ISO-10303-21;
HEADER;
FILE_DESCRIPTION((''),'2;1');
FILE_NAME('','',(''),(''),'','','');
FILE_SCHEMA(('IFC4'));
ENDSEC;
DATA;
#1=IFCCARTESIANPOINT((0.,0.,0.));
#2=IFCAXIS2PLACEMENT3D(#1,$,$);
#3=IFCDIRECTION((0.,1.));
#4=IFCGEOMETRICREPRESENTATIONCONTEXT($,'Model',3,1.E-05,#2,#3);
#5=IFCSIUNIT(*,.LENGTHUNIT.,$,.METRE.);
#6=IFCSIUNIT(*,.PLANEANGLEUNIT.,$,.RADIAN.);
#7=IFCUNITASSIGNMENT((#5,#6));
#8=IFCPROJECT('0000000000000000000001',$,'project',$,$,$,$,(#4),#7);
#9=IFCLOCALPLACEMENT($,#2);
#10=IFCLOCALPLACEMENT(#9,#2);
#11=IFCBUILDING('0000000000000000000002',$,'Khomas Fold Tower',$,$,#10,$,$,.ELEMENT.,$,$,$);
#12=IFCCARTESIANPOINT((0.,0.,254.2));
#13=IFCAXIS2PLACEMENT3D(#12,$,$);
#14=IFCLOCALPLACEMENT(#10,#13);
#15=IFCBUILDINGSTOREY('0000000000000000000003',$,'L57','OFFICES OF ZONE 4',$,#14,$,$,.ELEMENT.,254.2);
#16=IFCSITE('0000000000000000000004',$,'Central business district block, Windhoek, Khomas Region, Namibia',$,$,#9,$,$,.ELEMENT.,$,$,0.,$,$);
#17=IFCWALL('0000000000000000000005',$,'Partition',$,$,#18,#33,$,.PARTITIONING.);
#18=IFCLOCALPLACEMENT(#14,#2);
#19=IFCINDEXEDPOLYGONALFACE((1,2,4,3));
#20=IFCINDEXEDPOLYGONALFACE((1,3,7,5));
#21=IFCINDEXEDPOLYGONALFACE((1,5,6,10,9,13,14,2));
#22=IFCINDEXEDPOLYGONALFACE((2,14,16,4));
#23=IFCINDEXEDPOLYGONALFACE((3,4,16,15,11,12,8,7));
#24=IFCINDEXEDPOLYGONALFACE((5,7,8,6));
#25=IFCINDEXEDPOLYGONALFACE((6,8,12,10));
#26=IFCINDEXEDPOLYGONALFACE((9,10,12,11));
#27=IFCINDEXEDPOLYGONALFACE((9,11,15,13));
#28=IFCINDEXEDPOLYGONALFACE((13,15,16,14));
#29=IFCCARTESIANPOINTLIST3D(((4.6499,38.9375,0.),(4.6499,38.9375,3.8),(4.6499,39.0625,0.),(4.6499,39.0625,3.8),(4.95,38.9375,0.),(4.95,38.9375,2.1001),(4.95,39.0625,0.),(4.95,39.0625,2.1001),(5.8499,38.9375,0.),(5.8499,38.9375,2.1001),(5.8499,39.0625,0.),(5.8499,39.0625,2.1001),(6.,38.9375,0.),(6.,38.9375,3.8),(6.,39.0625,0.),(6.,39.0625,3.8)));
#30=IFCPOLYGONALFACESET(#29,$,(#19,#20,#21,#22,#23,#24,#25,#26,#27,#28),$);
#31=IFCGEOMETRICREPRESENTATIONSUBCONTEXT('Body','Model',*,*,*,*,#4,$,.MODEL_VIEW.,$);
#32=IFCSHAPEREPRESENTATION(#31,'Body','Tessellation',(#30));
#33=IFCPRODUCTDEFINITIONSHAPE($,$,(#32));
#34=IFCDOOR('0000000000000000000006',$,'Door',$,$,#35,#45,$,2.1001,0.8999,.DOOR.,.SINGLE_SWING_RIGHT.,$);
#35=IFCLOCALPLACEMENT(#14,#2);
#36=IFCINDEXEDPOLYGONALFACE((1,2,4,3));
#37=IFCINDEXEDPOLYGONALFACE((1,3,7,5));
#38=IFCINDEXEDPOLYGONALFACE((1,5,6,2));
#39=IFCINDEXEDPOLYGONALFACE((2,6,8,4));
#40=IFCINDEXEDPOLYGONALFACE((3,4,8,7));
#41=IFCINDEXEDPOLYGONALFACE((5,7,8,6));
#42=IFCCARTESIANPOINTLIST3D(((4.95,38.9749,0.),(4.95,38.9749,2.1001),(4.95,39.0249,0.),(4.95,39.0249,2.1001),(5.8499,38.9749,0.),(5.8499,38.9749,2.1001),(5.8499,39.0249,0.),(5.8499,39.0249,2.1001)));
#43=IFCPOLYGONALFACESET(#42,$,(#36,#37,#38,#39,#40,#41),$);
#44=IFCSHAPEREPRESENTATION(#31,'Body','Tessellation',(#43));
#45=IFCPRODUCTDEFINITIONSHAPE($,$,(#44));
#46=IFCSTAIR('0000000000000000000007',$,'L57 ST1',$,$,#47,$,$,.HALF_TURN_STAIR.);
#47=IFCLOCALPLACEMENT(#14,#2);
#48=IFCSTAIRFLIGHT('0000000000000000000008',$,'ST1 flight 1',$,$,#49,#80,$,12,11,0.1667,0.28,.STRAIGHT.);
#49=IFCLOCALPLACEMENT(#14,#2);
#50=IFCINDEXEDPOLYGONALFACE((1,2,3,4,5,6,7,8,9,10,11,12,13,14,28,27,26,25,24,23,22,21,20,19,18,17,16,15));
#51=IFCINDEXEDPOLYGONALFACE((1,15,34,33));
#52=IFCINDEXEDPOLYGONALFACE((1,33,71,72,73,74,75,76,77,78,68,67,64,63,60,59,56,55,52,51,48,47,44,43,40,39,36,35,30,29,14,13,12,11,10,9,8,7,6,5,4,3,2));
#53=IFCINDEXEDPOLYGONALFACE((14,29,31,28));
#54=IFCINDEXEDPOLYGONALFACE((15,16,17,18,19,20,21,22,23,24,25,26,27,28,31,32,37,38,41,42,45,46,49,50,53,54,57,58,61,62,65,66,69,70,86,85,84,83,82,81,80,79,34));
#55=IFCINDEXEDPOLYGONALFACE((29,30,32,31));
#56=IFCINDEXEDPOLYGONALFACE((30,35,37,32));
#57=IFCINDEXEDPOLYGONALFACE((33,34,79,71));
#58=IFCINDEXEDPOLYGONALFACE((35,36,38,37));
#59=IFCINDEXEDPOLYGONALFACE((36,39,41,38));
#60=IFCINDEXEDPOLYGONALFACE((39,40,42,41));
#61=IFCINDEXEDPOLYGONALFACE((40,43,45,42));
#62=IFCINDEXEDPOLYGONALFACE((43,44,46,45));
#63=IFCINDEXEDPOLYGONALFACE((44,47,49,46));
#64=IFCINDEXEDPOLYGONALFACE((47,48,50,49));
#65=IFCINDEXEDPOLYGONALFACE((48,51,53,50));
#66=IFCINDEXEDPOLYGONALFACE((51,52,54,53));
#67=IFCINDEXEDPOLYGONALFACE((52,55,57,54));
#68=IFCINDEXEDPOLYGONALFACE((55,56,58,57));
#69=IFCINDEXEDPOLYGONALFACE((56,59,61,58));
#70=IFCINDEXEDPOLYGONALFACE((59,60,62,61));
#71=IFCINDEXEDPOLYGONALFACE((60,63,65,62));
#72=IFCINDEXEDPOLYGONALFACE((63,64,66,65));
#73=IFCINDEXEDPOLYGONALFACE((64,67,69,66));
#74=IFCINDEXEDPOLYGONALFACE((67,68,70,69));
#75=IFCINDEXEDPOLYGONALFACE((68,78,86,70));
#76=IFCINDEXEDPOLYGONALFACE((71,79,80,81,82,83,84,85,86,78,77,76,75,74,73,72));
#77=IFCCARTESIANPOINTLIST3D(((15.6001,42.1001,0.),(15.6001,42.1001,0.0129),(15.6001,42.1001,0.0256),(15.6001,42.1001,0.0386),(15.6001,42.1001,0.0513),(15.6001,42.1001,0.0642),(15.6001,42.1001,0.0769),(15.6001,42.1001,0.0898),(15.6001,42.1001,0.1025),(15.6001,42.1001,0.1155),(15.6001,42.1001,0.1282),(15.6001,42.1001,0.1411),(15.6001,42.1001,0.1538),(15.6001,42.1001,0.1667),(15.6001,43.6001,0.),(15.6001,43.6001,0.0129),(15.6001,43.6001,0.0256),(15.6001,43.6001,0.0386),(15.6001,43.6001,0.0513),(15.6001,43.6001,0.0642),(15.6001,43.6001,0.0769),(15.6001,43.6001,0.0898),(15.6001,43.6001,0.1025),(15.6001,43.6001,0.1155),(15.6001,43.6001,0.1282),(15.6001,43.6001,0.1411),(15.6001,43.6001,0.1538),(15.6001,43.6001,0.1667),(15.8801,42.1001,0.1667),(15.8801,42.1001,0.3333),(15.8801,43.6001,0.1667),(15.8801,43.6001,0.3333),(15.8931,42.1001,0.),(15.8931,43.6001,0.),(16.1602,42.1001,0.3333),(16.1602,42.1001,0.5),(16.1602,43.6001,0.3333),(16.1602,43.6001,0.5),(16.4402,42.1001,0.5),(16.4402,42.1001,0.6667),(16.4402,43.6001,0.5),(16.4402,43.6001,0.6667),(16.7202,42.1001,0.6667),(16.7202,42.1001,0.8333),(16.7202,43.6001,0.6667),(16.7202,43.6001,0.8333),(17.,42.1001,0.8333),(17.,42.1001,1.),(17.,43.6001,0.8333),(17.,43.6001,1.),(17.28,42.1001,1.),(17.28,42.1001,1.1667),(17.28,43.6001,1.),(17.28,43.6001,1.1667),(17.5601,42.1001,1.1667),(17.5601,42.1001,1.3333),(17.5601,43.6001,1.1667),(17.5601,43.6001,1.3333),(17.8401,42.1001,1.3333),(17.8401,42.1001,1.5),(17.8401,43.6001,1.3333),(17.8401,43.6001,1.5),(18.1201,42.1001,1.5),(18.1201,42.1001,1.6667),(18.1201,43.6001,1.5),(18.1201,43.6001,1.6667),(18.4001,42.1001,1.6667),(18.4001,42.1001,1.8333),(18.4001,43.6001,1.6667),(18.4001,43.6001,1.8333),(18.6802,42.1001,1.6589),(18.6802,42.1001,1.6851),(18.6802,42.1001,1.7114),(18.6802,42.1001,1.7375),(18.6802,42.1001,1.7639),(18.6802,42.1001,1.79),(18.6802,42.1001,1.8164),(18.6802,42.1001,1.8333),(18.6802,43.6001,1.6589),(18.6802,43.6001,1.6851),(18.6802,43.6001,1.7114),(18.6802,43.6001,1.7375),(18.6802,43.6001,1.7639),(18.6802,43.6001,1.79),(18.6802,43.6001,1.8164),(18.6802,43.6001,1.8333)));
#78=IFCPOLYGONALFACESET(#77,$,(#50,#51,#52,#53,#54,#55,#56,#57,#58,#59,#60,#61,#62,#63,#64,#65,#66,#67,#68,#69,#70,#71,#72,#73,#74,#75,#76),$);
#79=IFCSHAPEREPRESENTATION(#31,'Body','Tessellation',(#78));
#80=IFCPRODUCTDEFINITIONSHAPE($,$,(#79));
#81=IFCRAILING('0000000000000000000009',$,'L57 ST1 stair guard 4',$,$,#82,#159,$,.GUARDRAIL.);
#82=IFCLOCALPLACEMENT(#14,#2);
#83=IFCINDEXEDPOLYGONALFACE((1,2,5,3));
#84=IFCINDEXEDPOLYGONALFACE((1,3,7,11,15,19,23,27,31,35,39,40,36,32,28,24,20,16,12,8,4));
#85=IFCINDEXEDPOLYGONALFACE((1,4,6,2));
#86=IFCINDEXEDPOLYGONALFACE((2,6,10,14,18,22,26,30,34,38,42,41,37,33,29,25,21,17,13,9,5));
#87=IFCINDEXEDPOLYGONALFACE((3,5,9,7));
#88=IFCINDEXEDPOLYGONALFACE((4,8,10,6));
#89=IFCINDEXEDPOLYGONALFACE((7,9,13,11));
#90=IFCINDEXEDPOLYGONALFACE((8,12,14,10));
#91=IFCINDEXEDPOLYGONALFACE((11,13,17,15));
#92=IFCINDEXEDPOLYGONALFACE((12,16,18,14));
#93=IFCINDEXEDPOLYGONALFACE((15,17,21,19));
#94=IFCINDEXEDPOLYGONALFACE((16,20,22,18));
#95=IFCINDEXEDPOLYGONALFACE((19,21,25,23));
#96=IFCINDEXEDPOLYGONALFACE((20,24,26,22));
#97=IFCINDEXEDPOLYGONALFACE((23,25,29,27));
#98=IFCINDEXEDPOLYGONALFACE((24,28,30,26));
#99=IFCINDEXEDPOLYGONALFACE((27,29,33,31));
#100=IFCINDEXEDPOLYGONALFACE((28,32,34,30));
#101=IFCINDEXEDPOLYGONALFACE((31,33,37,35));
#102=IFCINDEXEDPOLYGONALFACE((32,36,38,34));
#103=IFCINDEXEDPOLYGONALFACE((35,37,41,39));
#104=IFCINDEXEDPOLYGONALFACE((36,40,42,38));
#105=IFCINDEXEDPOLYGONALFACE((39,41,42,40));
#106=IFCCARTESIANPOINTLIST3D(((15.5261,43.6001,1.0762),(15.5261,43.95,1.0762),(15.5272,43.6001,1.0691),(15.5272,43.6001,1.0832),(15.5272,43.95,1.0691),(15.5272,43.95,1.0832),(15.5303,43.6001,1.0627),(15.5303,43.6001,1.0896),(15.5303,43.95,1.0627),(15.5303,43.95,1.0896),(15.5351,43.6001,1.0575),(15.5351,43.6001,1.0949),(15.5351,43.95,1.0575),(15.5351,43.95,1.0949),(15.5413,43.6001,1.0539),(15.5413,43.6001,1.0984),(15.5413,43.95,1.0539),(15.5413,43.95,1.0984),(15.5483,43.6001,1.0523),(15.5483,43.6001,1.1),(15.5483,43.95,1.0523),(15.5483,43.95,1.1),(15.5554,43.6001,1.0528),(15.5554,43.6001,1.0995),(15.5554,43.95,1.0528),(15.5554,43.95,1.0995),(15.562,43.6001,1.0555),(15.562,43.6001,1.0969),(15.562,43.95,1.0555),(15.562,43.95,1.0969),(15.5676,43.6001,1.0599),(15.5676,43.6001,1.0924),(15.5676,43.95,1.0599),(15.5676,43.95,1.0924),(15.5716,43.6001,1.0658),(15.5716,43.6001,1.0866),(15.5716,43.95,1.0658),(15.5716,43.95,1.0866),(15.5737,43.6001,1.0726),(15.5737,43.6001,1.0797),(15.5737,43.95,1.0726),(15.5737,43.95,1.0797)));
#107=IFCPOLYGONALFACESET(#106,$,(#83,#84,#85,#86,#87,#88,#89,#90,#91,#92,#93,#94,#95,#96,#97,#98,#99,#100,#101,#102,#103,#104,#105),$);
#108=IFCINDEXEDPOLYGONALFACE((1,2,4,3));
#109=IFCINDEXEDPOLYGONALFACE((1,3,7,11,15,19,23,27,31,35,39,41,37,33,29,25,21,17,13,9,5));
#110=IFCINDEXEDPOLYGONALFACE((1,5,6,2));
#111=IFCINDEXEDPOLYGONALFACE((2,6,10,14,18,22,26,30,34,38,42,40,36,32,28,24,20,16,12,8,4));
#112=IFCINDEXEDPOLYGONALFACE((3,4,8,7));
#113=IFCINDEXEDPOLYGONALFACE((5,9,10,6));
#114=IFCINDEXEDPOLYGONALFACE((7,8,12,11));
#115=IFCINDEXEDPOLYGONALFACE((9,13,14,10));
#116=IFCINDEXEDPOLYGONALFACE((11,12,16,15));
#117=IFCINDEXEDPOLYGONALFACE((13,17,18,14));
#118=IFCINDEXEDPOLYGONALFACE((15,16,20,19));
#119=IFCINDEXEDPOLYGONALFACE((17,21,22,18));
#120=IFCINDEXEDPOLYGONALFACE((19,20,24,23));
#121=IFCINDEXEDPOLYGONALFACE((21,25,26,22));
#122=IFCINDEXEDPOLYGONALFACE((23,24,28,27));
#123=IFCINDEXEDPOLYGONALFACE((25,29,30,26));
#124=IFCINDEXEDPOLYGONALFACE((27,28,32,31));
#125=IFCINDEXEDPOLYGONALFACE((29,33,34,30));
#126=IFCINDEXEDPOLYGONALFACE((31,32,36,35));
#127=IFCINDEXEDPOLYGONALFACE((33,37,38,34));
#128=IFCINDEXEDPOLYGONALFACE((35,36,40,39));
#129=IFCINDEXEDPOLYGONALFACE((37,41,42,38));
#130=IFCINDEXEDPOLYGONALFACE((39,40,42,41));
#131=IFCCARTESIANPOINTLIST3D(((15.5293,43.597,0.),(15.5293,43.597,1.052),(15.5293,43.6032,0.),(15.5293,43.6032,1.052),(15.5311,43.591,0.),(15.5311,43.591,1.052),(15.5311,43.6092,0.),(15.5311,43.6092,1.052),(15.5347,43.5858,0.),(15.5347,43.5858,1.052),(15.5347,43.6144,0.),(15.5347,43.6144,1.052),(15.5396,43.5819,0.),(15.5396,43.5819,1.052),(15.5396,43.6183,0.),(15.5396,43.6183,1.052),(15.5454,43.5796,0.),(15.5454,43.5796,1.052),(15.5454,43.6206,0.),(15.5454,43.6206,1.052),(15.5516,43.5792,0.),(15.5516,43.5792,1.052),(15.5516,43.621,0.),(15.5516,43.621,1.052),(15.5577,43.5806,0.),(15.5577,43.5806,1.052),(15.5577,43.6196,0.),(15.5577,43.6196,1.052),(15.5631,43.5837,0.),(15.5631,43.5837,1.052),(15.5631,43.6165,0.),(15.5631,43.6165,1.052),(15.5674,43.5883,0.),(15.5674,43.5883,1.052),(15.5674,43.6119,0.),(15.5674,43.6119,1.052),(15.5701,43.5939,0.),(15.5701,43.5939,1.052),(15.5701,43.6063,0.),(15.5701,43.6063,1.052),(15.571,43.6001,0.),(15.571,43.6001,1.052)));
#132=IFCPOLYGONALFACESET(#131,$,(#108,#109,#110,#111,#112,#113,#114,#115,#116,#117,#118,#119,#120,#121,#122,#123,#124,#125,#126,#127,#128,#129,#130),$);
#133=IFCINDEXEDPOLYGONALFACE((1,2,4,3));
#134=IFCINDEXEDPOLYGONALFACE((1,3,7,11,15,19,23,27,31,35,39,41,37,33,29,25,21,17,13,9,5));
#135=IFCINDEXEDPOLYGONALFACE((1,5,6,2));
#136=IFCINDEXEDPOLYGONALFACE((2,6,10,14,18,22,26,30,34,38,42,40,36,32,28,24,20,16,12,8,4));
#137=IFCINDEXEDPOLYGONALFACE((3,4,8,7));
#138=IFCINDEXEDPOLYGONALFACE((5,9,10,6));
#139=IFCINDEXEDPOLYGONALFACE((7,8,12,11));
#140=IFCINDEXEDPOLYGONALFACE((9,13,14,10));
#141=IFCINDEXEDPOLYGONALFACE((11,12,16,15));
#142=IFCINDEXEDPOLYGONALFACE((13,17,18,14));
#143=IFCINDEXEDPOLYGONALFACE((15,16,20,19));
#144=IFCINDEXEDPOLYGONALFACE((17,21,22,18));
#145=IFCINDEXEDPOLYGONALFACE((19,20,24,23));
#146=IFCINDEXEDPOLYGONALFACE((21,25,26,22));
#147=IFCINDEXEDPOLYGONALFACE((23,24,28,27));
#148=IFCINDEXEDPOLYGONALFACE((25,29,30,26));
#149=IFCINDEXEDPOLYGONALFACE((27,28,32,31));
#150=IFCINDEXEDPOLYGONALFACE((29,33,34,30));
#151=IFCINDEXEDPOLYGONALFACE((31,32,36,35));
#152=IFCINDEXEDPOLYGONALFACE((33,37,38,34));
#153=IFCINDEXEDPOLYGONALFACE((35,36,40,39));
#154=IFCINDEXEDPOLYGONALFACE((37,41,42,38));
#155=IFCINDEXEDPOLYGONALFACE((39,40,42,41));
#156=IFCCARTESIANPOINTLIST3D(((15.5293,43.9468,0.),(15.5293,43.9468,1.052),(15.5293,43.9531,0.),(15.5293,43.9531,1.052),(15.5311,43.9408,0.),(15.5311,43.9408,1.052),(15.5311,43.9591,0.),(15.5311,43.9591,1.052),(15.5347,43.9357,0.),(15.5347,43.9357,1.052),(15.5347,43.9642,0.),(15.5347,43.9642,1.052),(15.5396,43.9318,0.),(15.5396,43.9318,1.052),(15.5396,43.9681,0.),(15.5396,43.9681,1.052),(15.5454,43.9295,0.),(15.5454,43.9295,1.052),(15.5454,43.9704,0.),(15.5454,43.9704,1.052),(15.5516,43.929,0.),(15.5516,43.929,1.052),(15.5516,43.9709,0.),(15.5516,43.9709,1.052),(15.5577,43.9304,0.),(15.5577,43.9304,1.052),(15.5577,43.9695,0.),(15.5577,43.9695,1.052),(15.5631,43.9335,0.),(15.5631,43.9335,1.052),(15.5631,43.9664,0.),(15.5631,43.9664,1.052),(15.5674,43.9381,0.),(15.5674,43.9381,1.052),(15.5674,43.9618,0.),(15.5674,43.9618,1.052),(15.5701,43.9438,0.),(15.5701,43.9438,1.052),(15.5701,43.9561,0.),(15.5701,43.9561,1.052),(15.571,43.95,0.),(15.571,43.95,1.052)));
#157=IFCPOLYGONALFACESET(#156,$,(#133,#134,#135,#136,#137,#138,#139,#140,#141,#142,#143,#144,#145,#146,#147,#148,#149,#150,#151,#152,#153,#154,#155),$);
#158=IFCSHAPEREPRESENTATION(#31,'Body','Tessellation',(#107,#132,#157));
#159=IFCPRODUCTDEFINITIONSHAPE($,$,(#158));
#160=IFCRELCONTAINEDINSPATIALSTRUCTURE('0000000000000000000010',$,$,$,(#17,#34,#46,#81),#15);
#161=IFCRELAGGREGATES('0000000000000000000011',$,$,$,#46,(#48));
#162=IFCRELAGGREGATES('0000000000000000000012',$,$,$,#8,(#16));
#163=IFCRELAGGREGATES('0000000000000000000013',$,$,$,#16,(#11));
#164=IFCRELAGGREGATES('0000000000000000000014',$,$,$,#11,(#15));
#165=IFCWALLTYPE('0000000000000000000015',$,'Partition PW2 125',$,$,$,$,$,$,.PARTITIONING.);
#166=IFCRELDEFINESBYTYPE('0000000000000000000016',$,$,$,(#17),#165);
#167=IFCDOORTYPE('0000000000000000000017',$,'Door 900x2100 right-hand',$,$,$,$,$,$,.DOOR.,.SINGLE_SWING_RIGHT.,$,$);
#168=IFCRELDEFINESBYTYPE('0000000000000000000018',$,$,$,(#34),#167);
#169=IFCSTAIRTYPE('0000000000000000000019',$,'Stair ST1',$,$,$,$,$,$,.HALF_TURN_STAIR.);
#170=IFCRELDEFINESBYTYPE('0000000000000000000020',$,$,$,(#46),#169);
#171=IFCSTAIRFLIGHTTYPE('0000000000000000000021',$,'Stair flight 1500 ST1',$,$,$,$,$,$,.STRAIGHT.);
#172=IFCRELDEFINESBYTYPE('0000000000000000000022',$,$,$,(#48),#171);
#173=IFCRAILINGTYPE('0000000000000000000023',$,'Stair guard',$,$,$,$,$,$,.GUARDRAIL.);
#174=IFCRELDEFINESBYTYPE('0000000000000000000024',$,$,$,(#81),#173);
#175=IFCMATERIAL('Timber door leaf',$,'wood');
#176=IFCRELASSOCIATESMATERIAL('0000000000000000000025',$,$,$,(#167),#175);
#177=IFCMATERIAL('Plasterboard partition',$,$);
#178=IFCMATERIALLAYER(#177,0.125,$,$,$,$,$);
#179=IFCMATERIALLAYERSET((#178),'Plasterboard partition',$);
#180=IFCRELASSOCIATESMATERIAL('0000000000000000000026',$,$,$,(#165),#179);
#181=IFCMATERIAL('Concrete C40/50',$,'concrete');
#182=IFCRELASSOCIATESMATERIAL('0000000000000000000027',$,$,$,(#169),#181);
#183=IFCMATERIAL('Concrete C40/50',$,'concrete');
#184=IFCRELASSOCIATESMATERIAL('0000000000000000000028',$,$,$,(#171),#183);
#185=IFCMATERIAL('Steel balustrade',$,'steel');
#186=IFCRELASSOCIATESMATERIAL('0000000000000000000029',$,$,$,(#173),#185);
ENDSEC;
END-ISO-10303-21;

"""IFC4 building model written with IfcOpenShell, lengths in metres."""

from ifc_helpers import new_model, si_unit, direction, frame, frame_2d, origin, origin_2d, place, context, subcontext, project, spatial, polyline, rectangle, circle, outline, extrude, source, transform, mapped, material, layer, layer_set, type_object, element, fill, aggregate, save


model = new_model("IFC4")

# Units and contexts
model_context = context("Model", 3, precision=1e-05, world=origin(), true_north=direction((0.0, 1.0)))
body_context = subcontext(model_context, "Body", "Model", "MODEL_VIEW")
ifc_project = project(units=[si_unit("LENGTHUNIT", "METRE"), si_unit("PLANEANGLEUNIT", "RADIAN")], contexts=[model_context])

# Site, building, storey
site_placement = place(None, origin())
site = spatial("IfcSite", under=ifc_project, at=site_placement, Name="Central business district block, Windhoek, Khomas Region, Namibia", CompositionType="ELEMENT", RefElevation=0.0)
building_placement = place(site_placement, origin())
building = spatial("IfcBuilding", under=site, at=building_placement, Name="Khomas Fold Tower", CompositionType="ELEMENT")
storey_placement = place(building_placement, frame((0.0, 0.0, 254.2)))
storey = spatial("IfcBuildingStorey", under=building, at=storey_placement, Name="L57", Description="OFFICES OF ZONE 4", CompositionType="ELEMENT", Elevation=254.2)

# Shared definitions
ifc_material_1 = material(Name="Timber door leaf", Category="wood")
door_type = type_object("IfcDoorType", Name="Door 900x2100 right-hand", OperationType="SINGLE_SWING_RIGHT", PredefinedType="DOOR", material=ifc_material_1)

# Wall, opening, door
ifc_material_2 = material(Name="Plasterboard partition")
ifc_layer_1 = layer(ifc_material_2, 0.125)
ifc_layer_set_1 = layer_set([ifc_layer_1], Name="Plasterboard partition")
wall_type_1 = type_object("IfcWallType", Name="Partition PW2 125", PredefinedType="PARTITIONING", material=ifc_layer_set_1)
shared_shape_1 = source(origin(), body_context, "Body", "SweptSolid", [
    extrude(rectangle(XDim=1.3501, YDim=0.125, at=frame_2d((0.675, 0.0))), origin(), (0.0, 0.0, 1.0), 3.8),
])
wall_1_placement = place(storey_placement, frame((4.6499, 39.0, 0.0), z_axis=(0.0, 0.0, 1.0), x_axis=(1.0, 0.0, 0.0)))
wall_1 = element("IfcWall", 1, at=wall_1_placement, inside=storey, type_object=wall_type_1, Name="Partition", PredefinedType="PARTITIONING", context=body_context, shape_type="MappedRepresentation", body=[
    mapped(shared_shape_1, transform((0.0, 0.0, 0.0))),
])
shared_shape_2 = source(origin(), body_context, "Body", "SweptSolid", [
    extrude(rectangle(XDim=0.8999, YDim=2.1001, at=frame_2d((0.45, 1.05))), frame((0.0, 0.0725, 0.0), z_axis=(0.0, -1.0, 0.0), x_axis=(1.0, 0.0, 0.0)), (0.0, 0.0, 1.0), 0.145),
])
opening_1_placement = place(wall_1_placement, frame((0.3, 0.0, 0.0)))
opening_1 = element("IfcOpeningElement", 2, at=opening_1_placement, cuts=wall_1, PredefinedType="OPENING", context=body_context, shape_type="MappedRepresentation", body=[
    mapped(shared_shape_2, transform((0.0, 0.0, 0.0))),
])
shared_shape_3 = source(origin(), body_context, "Body", "SweptSolid", [
    extrude(rectangle(XDim=0.8999, YDim=2.1001, at=frame_2d((0.45, 1.05))), frame((0.0, 0.0249, 0.0), z_axis=(0.0, -1.0, 0.0), x_axis=(1.0, 0.0, 0.0)), (0.0, 0.0, 1.0), 0.05),
])
door_1_placement = place(opening_1_placement, origin())
door_1 = element("IfcDoor", 3, at=door_1_placement, inside=storey, type_object=door_type, Name="Door", OperationType="SINGLE_SWING_RIGHT", OverallHeight=2.1001, OverallWidth=0.8999, PredefinedType="DOOR", context=body_context, shape_type="MappedRepresentation", body=[
    mapped(shared_shape_3, transform((0.0, 0.0, 0.0))),
])
fill(opening_1, door_1)

# Stair, stair flight
ifc_material_3 = material(Name="Concrete C40/50", Category="concrete")
stair_type = type_object("IfcStairType", Name="Stair ST1", PredefinedType="HALF_TURN_STAIR", material=ifc_material_3)
stair_placement = place(storey_placement, origin())
stair = element("IfcStair", 4, at=stair_placement, inside=storey, type_object=stair_type, Name="L57 ST1", PredefinedType="HALF_TURN_STAIR")
ifc_material_4 = material(Name="Concrete C40/50", Category="concrete")
stair_flight_type = type_object("IfcStairFlightType", Name="Stair flight 1500 ST1", PredefinedType="STRAIGHT", material=ifc_material_4)
shared_shape_4 = source(origin(), body_context, "Body", "SweptSolid", [
    extrude(outline(polyline([(0.0, 0.0), (0.0, 0.0129), (0.0, 0.0256), (0.0, 0.0386), (0.0, 0.0513), (0.0, 0.0642), (0.0, 0.0769), (0.0, 0.0898), (0.0, 0.1025), (0.0, 0.1155), (0.0, 0.1282), (0.0, 0.1411), (0.0, 0.1538), (0.0, 0.1667), (0.28, 0.1667), (0.28, 0.3333), (0.5601, 0.3333), (0.5601, 0.5), (0.8401, 0.5), (0.8401, 0.6667), (1.1201, 0.6667), (1.1201, 0.8333), (1.3999, 0.8333), (1.3999, 1.0), (1.6799, 1.0), (1.6799, 1.1667), (1.96, 1.1667), (1.96, 1.3333), (2.24, 1.3333), (2.24, 1.5), (2.52, 1.5), (2.52, 1.6667), (2.8, 1.6667), (2.8, 1.8333), (3.0801, 1.8333), (3.0801, 2.0), (3.0801, 1.9739), (3.0801, 1.9475), (3.0801, 1.9214), (3.0801, 1.895), (3.0801, 1.8689), (3.0801, 1.8425), (3.0801, 1.8164), (3.0801, 1.79), (3.0801, 1.7639), (3.0801, 1.7375), (3.0801, 1.7114), (3.0801, 1.6851), (3.0801, 1.6589), (0.293, 0.0), (0.0, 0.0)])), frame((0.0, 0.75, 0.0), z_axis=(0.0, -1.0, 0.0), x_axis=(1.0, 0.0, 0.0)), (0.0, 0.0, 1.0), 1.5),
])
stair_flight_placement = place(storey_placement, frame((15.6001, 42.8501, 0.0), z_axis=(0.0, 0.0, 1.0), x_axis=(1.0, 0.0, 0.0)))
stair_flight = element("IfcStairFlight", 5, at=stair_flight_placement, type_object=stair_flight_type, Name="ST1 flight 1", NumberOfRisers=12, NumberOfTreads=11, PredefinedType="STRAIGHT", RiserHeight=0.1667, TreadLength=0.28, context=body_context, shape_type="MappedRepresentation", body=[
    mapped(shared_shape_4, transform((0.0, 0.0, 0.0))),
])
aggregate(stair, [stair_flight])

# Railing
ifc_material_5 = material(Name="Steel balustrade", Category="steel")
railing_type_1 = type_object("IfcRailingType", Name="Stair guard", PredefinedType="GUARDRAIL", material=ifc_material_5)
shared_shape_5 = source(origin(), body_context, "Body", "SweptSolid", [
    extrude(circle(Radius=0.0239, at=origin_2d()), frame((0.0, 0.0, 1.0762), z_axis=(0.0, 1.0, 0.0), x_axis=(-1.0, 0.0, 0.0)), (0.0, 0.0, 1.0), 0.3499),
    extrude(circle(Radius=0.021, at=origin_2d()), origin(), (0.0, 0.0, 1.0), 1.052),
    extrude(circle(Radius=0.021, at=origin_2d()), frame((0.0, 0.3499, 0.0)), (0.0, 0.0, 1.0), 1.052),
])
railing_1_placement = place(storey_placement, frame((15.55, 43.6001, 0.0)))
element("IfcRailing", 6, at=railing_1_placement, inside=storey, type_object=railing_type_1, Name="L57 ST1 stair guard 4", PredefinedType="GUARDRAIL", context=body_context, shape_type="MappedRepresentation", body=[
    mapped(shared_shape_5, transform((0.0, 0.0, 0.0))),
])

save(model, "model.ifc")
